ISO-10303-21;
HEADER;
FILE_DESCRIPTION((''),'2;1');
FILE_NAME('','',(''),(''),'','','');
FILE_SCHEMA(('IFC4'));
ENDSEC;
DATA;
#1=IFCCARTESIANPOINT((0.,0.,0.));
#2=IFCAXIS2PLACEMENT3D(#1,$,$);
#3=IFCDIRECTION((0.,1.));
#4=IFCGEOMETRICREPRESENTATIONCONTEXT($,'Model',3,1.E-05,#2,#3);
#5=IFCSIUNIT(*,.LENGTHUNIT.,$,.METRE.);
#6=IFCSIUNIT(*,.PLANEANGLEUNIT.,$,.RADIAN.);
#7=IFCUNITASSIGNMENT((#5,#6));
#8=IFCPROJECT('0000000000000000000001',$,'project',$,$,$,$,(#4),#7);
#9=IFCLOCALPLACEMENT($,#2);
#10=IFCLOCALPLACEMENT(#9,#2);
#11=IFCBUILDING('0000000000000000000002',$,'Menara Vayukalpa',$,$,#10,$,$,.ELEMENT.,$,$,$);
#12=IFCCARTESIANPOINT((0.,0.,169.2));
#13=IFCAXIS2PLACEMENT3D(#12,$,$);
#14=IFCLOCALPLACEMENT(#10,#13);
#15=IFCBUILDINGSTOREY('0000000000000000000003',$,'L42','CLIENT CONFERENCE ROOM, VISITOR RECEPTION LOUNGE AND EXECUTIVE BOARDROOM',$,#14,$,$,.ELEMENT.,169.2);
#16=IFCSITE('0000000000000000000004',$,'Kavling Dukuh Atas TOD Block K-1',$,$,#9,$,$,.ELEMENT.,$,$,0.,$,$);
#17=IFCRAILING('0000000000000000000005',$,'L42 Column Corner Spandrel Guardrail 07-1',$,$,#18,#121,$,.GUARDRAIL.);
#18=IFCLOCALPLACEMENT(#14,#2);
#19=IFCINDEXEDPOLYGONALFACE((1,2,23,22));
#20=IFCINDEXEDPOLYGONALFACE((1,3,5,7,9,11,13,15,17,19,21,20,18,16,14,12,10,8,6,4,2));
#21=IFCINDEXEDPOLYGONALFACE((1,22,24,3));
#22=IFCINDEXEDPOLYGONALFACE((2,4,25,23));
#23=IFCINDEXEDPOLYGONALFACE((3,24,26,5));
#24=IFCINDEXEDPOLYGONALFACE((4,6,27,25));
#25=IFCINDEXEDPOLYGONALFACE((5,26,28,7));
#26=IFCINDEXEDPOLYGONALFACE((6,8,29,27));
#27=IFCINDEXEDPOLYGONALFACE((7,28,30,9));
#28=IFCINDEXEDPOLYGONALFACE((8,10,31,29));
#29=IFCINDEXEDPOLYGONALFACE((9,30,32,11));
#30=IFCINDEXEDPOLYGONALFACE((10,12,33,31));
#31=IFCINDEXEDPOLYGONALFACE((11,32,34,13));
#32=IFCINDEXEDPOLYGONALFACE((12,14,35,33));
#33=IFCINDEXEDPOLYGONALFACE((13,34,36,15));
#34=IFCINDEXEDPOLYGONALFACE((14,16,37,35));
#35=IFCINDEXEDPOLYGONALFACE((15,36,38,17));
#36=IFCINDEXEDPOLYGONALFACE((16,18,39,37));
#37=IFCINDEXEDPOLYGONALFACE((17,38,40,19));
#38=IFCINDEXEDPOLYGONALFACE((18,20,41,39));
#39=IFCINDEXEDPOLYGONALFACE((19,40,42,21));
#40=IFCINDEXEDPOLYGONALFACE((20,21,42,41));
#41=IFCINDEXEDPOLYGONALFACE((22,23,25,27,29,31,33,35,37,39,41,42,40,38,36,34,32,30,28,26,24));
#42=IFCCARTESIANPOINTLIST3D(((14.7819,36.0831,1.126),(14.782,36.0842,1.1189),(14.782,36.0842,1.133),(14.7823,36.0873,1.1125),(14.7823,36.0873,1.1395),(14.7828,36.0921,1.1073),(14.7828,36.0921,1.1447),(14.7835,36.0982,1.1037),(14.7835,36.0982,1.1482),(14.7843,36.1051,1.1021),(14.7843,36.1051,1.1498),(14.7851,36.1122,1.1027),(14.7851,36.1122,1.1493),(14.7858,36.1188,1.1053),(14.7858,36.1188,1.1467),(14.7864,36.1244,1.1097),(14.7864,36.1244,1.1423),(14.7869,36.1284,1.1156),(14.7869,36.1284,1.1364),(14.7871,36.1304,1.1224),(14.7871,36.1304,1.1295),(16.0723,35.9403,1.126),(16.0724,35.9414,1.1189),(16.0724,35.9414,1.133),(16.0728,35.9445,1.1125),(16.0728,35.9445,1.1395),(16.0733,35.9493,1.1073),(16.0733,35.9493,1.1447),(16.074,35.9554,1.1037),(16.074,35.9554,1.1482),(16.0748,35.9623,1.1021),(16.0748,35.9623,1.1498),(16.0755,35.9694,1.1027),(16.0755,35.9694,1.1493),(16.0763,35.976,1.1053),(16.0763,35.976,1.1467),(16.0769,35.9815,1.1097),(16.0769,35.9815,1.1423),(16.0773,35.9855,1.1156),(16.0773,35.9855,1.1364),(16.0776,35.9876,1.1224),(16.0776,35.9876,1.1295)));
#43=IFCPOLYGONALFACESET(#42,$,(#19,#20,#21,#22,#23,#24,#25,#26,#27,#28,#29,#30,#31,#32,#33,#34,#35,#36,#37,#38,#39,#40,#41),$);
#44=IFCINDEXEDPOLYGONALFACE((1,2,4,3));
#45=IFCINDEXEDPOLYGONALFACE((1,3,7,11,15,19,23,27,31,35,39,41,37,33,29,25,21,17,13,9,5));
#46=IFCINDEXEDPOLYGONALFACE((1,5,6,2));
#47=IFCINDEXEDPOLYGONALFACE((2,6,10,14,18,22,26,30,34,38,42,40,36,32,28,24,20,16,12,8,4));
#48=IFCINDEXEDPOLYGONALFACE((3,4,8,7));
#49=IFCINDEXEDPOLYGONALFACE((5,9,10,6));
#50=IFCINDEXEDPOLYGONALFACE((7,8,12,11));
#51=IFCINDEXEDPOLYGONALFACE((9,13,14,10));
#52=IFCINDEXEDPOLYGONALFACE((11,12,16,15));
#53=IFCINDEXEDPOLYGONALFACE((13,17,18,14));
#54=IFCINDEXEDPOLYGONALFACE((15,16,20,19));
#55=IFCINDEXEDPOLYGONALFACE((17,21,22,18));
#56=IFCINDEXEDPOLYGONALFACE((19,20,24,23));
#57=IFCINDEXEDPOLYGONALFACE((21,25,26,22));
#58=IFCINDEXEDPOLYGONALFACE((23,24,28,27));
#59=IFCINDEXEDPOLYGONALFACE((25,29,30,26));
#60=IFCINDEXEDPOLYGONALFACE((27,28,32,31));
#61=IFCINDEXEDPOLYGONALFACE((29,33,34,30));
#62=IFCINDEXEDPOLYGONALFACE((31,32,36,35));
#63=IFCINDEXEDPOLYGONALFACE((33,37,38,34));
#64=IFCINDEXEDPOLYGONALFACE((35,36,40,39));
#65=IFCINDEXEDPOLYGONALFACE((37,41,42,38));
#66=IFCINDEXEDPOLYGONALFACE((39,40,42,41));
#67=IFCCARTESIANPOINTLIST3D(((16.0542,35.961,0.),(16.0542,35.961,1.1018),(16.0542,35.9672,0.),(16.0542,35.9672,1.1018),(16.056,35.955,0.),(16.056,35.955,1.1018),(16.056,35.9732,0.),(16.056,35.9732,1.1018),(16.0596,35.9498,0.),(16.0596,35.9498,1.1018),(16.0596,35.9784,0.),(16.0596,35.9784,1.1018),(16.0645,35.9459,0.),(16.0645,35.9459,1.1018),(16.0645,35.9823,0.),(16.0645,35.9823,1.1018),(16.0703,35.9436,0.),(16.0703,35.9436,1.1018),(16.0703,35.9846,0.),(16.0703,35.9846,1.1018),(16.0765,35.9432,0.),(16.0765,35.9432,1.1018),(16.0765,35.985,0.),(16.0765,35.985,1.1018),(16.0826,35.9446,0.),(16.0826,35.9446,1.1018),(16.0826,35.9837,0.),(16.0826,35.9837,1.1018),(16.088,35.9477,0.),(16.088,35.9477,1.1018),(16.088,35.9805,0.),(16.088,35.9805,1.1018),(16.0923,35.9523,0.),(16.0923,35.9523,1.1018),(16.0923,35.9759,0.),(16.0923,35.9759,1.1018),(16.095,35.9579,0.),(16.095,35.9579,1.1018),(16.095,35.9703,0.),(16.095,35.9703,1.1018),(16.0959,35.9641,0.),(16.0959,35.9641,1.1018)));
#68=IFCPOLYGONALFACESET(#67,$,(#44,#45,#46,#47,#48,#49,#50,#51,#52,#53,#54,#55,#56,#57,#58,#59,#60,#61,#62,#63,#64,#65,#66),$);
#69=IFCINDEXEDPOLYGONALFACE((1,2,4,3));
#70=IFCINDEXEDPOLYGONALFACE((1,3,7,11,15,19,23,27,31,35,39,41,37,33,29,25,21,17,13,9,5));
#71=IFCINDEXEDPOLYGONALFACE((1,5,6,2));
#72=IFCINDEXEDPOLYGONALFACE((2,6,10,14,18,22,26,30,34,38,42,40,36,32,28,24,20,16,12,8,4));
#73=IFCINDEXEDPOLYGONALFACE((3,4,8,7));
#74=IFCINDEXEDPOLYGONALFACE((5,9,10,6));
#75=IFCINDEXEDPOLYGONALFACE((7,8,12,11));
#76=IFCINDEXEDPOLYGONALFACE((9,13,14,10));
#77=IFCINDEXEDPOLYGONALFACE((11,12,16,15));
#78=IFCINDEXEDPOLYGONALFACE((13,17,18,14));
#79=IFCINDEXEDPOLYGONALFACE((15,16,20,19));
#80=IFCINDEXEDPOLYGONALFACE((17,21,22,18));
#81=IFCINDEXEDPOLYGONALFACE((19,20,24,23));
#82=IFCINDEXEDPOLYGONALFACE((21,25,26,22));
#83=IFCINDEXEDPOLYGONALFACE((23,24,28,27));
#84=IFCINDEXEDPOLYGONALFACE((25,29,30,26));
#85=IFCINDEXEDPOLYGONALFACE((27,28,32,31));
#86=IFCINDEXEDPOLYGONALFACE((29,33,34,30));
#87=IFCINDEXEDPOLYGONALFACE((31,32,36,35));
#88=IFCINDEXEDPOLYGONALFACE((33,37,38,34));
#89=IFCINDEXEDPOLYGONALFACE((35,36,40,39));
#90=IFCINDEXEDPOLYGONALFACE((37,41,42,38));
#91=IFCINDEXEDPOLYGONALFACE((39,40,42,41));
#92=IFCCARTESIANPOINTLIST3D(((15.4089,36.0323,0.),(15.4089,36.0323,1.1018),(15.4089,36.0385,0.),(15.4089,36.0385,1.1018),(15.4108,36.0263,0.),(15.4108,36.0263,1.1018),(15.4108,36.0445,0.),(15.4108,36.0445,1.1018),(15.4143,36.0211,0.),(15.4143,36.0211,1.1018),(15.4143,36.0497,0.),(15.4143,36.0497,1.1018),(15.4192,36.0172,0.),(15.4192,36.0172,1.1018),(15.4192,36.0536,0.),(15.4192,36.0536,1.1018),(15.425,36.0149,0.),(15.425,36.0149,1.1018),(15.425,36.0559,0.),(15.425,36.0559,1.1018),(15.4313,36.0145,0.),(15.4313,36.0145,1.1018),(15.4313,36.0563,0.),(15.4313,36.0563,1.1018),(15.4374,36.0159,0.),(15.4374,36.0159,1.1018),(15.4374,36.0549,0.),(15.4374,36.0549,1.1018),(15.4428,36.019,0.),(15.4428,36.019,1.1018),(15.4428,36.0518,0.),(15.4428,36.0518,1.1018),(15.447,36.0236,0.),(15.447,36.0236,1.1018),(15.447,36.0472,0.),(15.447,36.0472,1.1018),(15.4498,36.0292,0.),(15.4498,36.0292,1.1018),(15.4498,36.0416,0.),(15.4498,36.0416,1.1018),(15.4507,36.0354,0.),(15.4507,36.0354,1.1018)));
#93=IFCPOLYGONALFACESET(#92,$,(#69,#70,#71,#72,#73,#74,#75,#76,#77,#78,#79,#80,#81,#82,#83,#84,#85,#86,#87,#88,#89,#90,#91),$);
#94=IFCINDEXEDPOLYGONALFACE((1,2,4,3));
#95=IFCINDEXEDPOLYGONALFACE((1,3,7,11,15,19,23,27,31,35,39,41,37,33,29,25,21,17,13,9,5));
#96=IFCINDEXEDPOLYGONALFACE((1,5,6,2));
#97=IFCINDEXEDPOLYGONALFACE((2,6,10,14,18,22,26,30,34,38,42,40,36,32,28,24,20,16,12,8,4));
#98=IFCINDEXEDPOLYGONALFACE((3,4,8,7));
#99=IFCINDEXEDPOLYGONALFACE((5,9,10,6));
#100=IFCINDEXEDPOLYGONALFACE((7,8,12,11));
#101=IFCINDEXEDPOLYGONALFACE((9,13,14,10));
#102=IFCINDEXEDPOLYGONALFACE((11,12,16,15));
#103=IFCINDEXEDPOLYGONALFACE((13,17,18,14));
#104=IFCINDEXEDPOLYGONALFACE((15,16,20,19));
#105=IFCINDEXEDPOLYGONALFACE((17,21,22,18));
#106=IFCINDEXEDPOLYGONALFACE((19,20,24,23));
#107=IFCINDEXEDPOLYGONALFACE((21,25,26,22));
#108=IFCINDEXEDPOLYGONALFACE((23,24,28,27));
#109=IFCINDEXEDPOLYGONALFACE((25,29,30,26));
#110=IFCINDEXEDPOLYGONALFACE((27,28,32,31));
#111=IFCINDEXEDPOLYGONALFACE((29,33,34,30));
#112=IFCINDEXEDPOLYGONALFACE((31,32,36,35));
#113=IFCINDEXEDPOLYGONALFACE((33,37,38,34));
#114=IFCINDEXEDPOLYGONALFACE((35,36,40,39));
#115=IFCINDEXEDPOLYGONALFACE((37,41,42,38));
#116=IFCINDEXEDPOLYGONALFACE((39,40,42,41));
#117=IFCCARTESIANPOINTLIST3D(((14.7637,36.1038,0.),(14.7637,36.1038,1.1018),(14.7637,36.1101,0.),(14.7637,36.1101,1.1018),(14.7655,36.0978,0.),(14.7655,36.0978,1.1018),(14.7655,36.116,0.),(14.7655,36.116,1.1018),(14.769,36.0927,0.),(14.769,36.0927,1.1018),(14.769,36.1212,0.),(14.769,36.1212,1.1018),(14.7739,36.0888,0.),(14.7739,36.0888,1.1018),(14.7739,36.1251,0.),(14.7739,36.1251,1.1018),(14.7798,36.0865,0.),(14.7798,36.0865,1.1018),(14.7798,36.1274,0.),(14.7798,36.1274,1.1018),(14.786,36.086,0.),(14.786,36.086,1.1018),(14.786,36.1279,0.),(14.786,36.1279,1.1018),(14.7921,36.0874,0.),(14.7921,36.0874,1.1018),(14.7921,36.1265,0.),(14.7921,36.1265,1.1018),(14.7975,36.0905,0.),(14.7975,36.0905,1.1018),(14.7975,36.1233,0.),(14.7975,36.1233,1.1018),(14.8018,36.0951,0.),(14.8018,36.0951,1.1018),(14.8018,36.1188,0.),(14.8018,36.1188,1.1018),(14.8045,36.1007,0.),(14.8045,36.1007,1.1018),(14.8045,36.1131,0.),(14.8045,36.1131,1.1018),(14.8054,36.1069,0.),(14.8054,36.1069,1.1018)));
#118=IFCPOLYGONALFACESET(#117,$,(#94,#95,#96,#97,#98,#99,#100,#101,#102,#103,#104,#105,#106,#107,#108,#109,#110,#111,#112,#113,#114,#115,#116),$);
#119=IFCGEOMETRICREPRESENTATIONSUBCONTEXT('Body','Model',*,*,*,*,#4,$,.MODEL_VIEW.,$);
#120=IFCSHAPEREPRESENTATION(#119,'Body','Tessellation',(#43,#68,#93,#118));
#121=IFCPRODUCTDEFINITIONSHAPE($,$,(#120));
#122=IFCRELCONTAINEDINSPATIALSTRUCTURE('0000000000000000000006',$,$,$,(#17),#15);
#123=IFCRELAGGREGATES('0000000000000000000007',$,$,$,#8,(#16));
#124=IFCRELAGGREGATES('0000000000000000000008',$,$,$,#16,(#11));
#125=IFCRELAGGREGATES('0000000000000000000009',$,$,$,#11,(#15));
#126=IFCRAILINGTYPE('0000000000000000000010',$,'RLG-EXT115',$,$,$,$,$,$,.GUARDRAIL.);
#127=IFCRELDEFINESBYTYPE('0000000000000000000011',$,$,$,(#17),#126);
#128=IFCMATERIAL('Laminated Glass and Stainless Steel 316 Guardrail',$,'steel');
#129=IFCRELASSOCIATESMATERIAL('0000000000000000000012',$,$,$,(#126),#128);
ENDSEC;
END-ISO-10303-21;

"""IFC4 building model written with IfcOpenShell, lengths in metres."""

from ifc_helpers import new_model, si_unit, direction, frame, origin, origin_2d, place, context, subcontext, project, spatial, circle, extrude, material, type_object, element, save


model = new_model("IFC4")

# Units and contexts
model_context = context("Model", 3, precision=1e-05, world=origin(), true_north=direction((0.0, 1.0)))
body_context = subcontext(model_context, "Body", "Model", "MODEL_VIEW")
ifc_project = project(units=[si_unit("LENGTHUNIT", "METRE"), si_unit("PLANEANGLEUNIT", "RADIAN")], contexts=[model_context])

# Site, building, storey
site_placement = place(None, origin())
site = spatial("IfcSite", under=ifc_project, at=site_placement, Name="Kavling Dukuh Atas TOD Block K-1", CompositionType="ELEMENT", RefElevation=0.0)
building_placement = place(site_placement, origin())
building = spatial("IfcBuilding", under=site, at=building_placement, Name="Menara Vayukalpa", CompositionType="ELEMENT")
storey_placement = place(building_placement, frame((0.0, 0.0, 169.2)))
storey = spatial("IfcBuildingStorey", under=building, at=storey_placement, Name="L42", Description="CLIENT CONFERENCE ROOM, VISITOR RECEPTION LOUNGE AND EXECUTIVE BOARDROOM", CompositionType="ELEMENT", Elevation=169.2)

# Railing
ifc_material_1 = material(Name="Laminated Glass and Stainless Steel 316 Guardrail", Category="steel")
railing_type = type_object("IfcRailingType", Name="RLG-EXT115", PredefinedType="GUARDRAIL", material=ifc_material_1)
railing_1_placement = place(storey_placement, frame((16.075, 35.9641, 0.0)))
element("IfcRailing", 1, at=railing_1_placement, inside=storey, type_object=railing_type, Name="L42 Column Corner Spandrel Guardrail 07-1", PredefinedType="GUARDRAIL", context=body_context, shape_type="SweptSolid", body=[
    extrude(circle(Radius=0.0239, at=origin_2d()), frame((0.0, 0.0, 1.126), z_axis=(-0.993932, 0.109998, 0.0), x_axis=(-0.109998, -0.993932, 0.0)), (0.0, 0.0, 1.0), 1.2983),
    extrude(circle(Radius=0.021, at=origin_2d()), origin(), (0.0, 0.0, 1.0), 1.1018),
    extrude(circle(Radius=0.021, at=origin_2d()), frame((-0.6453, 0.0713, 0.0)), (0.0, 0.0, 1.0), 1.1018),
    extrude(circle(Radius=0.021, at=origin_2d()), frame((-1.2905, 0.1428, 0.0)), (0.0, 0.0, 1.0), 1.1018),
])

save(model, "model.ifc")
